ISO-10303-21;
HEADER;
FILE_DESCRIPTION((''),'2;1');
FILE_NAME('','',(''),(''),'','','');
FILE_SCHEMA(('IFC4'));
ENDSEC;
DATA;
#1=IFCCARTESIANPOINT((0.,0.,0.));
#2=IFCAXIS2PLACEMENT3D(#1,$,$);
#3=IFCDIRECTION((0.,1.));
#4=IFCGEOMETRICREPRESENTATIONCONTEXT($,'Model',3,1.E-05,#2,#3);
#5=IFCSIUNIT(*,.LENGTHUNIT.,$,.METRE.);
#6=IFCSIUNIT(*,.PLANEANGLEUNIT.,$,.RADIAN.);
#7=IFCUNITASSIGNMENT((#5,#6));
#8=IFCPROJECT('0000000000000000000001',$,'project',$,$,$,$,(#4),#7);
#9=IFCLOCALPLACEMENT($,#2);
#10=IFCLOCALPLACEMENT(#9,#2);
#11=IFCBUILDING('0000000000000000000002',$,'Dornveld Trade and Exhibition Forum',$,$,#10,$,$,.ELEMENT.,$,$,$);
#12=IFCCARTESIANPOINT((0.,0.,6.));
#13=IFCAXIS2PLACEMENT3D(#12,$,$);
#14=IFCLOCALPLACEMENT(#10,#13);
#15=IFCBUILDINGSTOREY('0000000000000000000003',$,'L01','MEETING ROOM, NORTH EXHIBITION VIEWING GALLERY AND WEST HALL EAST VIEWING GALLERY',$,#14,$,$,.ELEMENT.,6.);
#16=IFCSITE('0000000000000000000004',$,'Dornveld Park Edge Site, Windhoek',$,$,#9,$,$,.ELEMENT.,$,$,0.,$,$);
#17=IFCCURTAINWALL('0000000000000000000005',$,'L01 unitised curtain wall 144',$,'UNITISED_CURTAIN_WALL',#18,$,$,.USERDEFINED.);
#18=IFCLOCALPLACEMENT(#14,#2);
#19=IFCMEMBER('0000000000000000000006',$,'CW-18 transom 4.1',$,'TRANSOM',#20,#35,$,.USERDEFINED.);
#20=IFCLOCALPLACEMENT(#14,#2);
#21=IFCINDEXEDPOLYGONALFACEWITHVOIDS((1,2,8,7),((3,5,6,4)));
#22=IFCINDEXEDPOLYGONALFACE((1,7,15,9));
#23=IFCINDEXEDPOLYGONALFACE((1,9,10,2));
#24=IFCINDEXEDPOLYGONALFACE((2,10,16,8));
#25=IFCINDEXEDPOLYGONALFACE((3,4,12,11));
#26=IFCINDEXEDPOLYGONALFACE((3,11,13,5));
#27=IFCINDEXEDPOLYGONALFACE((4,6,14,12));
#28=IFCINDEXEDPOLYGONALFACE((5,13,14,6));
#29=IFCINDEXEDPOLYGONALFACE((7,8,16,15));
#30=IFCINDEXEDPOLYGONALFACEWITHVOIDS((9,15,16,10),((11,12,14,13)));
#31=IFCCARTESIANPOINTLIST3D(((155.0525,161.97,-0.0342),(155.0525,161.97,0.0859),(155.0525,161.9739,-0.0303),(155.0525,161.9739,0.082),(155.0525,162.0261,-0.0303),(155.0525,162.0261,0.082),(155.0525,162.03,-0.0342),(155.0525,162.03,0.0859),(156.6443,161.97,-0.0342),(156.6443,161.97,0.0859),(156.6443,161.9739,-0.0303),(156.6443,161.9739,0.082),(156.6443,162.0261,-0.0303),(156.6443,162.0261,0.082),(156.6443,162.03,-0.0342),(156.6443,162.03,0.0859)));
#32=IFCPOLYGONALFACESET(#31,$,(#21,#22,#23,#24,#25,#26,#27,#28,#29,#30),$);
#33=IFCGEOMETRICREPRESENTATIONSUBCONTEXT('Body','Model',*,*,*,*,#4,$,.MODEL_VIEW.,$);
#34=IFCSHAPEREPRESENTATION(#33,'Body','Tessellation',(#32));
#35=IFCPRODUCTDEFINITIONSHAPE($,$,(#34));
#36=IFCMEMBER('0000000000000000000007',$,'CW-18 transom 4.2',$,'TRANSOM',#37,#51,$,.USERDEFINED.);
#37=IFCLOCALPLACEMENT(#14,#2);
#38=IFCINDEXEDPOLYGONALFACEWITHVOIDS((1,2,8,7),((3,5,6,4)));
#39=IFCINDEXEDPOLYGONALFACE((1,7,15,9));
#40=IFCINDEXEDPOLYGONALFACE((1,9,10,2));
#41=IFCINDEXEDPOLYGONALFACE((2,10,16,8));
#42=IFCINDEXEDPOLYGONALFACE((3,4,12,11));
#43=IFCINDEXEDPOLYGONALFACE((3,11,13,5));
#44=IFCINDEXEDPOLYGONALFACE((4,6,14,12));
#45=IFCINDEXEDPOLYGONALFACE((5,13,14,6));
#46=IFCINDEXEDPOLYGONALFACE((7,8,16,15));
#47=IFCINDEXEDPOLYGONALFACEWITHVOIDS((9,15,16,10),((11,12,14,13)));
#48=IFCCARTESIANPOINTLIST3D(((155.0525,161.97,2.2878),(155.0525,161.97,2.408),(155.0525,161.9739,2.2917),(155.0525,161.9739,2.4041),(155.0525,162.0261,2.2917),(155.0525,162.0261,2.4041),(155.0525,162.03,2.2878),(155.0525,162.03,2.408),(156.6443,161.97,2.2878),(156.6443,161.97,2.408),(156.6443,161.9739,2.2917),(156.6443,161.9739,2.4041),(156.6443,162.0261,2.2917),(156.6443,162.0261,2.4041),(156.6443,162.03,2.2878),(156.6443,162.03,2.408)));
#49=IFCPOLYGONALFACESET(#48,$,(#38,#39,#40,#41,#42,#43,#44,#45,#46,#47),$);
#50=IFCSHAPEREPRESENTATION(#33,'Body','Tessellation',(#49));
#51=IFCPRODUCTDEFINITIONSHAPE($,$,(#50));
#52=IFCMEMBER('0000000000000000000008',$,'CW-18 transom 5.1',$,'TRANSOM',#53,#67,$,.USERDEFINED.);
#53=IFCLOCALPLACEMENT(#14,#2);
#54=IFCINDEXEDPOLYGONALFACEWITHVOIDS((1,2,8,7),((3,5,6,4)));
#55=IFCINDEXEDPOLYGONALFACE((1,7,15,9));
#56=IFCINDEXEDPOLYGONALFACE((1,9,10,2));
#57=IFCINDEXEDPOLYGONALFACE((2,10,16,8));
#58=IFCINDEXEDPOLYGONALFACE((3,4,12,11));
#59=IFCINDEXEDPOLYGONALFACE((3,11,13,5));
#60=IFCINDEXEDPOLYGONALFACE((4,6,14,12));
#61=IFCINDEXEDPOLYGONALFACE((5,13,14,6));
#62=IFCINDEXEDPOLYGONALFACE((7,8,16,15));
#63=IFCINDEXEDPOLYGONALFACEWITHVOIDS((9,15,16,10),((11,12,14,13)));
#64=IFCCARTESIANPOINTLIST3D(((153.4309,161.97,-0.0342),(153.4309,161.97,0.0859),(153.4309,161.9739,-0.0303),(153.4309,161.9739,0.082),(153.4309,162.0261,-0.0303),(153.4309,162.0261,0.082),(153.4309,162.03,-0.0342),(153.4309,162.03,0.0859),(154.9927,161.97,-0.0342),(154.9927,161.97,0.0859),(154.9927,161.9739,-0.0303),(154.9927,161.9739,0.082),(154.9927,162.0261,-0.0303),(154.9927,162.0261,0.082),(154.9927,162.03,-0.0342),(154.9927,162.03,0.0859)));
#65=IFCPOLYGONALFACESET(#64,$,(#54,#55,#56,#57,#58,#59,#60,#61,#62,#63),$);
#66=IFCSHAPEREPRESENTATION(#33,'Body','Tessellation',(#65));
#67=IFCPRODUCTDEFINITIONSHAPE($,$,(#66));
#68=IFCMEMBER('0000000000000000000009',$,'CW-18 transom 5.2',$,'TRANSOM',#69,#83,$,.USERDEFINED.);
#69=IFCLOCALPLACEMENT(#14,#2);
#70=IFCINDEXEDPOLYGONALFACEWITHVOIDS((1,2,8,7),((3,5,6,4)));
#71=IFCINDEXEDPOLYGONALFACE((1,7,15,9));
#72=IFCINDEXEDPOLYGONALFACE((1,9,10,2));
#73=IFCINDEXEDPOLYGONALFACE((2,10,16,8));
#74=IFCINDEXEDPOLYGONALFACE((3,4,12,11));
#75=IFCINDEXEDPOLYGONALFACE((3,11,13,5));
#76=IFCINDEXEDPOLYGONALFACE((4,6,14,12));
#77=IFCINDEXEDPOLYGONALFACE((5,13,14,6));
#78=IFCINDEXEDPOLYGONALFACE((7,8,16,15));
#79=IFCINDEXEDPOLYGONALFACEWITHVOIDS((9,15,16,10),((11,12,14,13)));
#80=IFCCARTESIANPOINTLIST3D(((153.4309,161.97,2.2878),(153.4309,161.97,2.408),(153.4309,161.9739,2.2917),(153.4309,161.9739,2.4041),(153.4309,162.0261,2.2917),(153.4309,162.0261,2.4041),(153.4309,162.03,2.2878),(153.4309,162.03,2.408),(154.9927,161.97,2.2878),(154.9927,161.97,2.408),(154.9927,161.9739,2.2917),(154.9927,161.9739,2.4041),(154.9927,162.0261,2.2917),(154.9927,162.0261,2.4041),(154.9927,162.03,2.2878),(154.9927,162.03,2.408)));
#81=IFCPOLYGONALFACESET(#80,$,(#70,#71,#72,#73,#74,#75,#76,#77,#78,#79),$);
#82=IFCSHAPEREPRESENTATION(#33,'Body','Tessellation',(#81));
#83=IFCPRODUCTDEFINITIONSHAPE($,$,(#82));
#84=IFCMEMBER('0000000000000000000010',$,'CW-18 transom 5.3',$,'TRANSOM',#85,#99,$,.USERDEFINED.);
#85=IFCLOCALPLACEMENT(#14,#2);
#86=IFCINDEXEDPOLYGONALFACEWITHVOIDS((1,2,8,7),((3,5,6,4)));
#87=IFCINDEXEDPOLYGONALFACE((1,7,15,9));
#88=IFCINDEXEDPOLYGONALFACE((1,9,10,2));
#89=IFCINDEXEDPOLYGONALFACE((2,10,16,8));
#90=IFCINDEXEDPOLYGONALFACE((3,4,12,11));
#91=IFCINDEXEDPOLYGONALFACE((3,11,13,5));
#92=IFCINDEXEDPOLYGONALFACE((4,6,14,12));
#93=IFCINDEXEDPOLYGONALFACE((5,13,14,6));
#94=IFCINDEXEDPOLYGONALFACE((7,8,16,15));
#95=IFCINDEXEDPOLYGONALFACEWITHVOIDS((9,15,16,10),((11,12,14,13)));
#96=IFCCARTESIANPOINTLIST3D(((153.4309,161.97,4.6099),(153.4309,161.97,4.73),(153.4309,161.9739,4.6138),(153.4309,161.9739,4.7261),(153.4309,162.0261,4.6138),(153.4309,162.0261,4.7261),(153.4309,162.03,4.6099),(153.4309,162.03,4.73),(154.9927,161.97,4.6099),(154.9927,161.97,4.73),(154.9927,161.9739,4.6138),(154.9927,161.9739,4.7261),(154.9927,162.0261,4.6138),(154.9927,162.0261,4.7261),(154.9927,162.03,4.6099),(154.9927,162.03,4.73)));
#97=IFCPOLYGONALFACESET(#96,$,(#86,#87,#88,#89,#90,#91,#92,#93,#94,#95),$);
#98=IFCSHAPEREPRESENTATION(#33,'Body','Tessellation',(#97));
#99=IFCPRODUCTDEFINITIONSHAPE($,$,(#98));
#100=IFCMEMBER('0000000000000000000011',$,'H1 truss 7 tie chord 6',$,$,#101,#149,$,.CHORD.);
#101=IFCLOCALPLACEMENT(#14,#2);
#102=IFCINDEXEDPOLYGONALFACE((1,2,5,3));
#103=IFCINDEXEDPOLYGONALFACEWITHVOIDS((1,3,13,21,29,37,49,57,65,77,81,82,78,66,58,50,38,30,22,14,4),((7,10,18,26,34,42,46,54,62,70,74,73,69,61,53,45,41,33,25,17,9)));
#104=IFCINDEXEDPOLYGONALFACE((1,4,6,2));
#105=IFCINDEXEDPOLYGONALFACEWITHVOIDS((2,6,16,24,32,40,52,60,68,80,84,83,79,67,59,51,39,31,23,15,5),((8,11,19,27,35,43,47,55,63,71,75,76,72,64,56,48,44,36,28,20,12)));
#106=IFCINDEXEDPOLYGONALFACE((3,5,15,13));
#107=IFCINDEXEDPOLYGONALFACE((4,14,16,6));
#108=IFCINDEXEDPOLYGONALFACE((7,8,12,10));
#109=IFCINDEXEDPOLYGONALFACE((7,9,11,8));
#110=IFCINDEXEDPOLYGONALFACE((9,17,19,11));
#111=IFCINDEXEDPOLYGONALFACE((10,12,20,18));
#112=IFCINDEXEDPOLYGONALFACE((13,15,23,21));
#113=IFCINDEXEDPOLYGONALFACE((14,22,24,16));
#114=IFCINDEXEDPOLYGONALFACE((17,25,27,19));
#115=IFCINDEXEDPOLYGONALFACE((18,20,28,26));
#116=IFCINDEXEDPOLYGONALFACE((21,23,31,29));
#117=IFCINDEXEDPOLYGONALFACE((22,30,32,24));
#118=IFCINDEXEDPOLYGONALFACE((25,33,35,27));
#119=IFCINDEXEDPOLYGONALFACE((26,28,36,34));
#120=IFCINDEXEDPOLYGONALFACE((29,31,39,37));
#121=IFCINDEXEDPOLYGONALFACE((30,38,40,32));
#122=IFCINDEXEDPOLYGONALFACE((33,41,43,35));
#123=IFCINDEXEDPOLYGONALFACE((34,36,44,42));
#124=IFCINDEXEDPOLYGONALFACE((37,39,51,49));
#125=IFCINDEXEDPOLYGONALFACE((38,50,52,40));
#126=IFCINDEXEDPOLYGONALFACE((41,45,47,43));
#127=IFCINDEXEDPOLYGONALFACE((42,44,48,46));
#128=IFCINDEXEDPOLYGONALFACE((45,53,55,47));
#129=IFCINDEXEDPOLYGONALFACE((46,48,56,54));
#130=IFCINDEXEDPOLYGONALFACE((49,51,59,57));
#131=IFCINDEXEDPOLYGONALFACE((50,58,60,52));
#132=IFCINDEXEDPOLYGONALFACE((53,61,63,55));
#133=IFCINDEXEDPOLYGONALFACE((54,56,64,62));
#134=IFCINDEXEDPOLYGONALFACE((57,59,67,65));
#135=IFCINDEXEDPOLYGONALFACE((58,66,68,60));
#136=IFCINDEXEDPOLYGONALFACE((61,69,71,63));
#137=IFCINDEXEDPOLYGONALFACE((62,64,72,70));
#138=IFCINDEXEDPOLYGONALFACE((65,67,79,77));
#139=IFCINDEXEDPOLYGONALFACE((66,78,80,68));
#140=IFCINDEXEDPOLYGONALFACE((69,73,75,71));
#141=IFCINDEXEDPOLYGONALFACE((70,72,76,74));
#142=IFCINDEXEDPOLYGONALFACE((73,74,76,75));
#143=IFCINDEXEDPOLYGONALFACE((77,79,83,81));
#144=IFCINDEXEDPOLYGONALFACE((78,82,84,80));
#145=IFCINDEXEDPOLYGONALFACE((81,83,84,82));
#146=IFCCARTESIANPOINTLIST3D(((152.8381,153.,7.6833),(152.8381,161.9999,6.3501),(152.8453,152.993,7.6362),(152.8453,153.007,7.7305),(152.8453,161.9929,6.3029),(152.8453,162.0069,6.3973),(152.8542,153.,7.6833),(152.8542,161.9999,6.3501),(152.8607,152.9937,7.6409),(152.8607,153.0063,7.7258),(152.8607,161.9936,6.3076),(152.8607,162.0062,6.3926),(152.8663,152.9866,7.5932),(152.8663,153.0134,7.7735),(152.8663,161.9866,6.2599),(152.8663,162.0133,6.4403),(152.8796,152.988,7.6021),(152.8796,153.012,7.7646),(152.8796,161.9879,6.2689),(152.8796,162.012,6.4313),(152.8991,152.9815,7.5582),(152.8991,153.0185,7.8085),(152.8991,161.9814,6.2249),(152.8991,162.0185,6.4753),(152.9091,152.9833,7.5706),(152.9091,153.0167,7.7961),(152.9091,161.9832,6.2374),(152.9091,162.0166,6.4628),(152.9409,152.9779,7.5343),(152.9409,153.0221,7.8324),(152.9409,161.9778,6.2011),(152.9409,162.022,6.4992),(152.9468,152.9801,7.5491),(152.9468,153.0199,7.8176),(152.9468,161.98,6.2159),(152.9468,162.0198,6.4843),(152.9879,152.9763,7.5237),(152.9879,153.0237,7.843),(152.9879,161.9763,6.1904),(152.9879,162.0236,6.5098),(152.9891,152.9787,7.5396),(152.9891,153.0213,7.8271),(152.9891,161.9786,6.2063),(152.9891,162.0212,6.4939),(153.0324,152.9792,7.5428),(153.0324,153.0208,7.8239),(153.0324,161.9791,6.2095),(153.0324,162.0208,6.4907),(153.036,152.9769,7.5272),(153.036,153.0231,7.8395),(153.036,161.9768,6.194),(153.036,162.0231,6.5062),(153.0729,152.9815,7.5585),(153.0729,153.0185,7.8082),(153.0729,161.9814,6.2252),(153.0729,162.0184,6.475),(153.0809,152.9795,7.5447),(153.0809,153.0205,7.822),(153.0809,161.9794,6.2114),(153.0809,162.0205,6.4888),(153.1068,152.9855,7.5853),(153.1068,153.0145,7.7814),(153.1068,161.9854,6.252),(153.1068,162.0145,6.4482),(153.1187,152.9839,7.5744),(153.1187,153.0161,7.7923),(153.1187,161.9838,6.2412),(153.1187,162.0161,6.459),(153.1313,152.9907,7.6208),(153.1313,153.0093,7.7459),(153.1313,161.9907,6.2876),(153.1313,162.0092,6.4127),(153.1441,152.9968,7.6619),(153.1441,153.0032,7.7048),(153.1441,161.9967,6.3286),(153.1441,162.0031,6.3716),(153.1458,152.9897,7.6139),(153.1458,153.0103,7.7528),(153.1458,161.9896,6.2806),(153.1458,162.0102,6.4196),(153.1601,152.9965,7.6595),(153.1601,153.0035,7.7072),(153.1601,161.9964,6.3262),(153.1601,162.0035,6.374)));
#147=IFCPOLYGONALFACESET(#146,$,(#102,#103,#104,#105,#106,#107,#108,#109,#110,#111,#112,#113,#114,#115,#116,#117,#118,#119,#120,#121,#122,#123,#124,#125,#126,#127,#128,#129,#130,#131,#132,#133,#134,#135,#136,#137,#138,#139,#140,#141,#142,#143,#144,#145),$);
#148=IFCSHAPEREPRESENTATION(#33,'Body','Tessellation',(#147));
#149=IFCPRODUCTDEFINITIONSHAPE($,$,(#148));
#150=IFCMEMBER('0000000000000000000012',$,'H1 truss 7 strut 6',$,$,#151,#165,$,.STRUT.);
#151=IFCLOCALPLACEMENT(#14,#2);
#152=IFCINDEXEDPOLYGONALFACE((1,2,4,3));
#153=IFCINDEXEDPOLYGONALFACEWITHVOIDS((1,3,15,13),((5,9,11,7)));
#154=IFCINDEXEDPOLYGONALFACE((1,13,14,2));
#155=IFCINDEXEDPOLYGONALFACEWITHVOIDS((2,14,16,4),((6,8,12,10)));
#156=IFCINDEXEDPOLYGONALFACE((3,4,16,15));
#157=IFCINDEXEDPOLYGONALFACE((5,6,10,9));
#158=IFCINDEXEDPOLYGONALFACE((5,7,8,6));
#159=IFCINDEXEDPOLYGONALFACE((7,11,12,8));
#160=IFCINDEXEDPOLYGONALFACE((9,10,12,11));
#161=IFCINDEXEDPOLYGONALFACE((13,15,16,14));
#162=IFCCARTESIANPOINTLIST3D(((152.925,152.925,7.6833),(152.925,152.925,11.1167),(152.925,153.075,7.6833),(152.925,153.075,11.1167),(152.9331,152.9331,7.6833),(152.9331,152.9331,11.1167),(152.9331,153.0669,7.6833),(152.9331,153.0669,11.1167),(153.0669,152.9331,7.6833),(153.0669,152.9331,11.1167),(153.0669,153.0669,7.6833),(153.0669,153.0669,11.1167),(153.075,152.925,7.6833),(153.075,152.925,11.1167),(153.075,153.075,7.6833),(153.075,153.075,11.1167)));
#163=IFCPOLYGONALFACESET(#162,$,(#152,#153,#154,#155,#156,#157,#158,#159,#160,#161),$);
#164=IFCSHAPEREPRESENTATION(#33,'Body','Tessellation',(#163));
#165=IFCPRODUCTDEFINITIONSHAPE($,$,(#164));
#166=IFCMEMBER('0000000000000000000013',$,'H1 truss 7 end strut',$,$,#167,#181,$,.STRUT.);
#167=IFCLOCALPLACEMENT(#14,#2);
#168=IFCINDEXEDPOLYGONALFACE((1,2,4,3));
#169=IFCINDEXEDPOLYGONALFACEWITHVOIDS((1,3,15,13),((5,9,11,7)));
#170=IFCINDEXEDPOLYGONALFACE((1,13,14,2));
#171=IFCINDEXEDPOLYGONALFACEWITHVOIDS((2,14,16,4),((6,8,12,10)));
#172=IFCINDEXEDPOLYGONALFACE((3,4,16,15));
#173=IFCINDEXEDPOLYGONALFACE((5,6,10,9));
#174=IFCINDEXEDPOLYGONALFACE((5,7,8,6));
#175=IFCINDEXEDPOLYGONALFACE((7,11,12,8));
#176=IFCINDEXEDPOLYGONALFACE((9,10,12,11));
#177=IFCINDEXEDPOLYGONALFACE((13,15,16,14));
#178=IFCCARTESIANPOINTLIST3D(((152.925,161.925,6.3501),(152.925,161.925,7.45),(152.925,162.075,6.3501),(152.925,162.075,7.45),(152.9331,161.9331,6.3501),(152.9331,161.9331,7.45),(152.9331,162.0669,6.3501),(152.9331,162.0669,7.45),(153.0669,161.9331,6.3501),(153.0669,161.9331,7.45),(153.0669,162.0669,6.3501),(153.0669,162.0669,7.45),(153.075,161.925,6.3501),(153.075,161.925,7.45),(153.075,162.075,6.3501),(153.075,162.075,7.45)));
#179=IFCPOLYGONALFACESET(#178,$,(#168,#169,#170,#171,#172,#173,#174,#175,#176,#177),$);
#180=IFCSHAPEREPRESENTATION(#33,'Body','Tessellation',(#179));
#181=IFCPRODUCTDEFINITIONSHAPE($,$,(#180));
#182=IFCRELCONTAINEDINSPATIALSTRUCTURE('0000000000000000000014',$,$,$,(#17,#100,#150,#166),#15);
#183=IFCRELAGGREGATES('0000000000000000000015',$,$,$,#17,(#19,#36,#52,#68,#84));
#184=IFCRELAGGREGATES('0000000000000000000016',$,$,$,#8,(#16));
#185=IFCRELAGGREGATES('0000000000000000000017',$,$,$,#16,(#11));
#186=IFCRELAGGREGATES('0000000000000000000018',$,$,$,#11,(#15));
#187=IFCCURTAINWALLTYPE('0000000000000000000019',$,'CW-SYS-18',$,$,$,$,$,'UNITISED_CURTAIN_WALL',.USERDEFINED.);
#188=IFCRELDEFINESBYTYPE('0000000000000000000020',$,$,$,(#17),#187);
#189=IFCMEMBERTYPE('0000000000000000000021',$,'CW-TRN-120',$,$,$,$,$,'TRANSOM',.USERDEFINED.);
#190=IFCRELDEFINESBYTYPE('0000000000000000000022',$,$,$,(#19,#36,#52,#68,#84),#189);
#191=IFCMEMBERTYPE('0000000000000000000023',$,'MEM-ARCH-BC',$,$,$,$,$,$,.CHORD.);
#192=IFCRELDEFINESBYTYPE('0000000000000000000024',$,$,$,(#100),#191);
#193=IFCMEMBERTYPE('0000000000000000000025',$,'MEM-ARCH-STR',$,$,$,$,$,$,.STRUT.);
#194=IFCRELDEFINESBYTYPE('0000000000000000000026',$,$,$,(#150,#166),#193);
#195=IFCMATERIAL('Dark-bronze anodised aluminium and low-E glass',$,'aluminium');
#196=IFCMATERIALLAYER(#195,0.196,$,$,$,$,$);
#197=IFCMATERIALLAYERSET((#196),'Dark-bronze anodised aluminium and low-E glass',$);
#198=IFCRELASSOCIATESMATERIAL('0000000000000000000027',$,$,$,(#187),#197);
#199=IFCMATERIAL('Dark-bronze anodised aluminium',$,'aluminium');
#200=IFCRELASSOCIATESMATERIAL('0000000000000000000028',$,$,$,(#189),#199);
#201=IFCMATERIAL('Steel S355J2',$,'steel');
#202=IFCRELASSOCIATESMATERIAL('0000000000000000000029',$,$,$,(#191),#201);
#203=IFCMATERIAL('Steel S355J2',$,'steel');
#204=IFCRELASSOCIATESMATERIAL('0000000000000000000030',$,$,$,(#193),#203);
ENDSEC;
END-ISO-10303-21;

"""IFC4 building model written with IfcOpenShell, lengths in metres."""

from ifc_helpers import new_model, si_unit, direction, frame, origin, origin_2d, place, context, subcontext, project, spatial, hollow_rectangle, hollow_circle, extrude, material, layer, layer_set, material_profile, profile_set, type_object, element, aggregate, save


model = new_model("IFC4")

# Units and contexts
model_context = context("Model", 3, precision=1e-05, world=origin(), true_north=direction((0.0, 1.0)))
body_context = subcontext(model_context, "Body", "Model", "MODEL_VIEW")
ifc_project = project(units=[si_unit("LENGTHUNIT", "METRE"), si_unit("PLANEANGLEUNIT", "RADIAN")], contexts=[model_context])

# Site, building, storey
site_placement = place(None, origin())
site = spatial("IfcSite", under=ifc_project, at=site_placement, Name="Dornveld Park Edge Site, Windhoek", CompositionType="ELEMENT", RefElevation=0.0)
building_placement = place(site_placement, origin())
building = spatial("IfcBuilding", under=site, at=building_placement, Name="Dornveld Trade and Exhibition Forum", CompositionType="ELEMENT")
storey_placement = place(building_placement, frame((0.0, 0.0, 6.0)))
storey = spatial("IfcBuildingStorey", under=building, at=storey_placement, Name="L01", Description="MEETING ROOM, NORTH EXHIBITION VIEWING GALLERY AND WEST HALL EAST VIEWING GALLERY", CompositionType="ELEMENT", Elevation=6.0)

# Curtain wall
ifc_material_1 = material(Name="Dark-bronze anodised aluminium and low-E glass", Category="aluminium")
ifc_layer_1 = layer(ifc_material_1, 0.196)
ifc_layer_set_1 = layer_set([ifc_layer_1], Name="Dark-bronze anodised aluminium and low-E glass")
curtain_wall_type_1 = type_object("IfcCurtainWallType", Name="CW-SYS-18", ElementType="UNITISED_CURTAIN_WALL", PredefinedType="USERDEFINED", material=ifc_layer_set_1)
curtain_wall_1_placement = place(storey_placement, origin())
curtain_wall_1 = element("IfcCurtainWall", 1, at=curtain_wall_1_placement, inside=storey, type_object=curtain_wall_type_1, Name="L01 unitised curtain wall 144", ObjectType="UNITISED_CURTAIN_WALL", PredefinedType="USERDEFINED")

# Members
ifc_material_2 = material(Name="Dark-bronze anodised aluminium", Category="aluminium")
ifc_material_profile_1 = material_profile(ifc_material_2, hollow_rectangle(XDim=0.0601, YDim=0.1201, WallThickness=0.0039, at=origin_2d()), Name="RHS 120x60x4")
ifc_profile_set_1 = profile_set([ifc_material_profile_1], Name="Dark-bronze anodised aluminium")
member_type_1 = type_object("IfcMemberType", Name="CW-TRN-120", ElementType="TRANSOM", PredefinedType="USERDEFINED", material=ifc_profile_set_1)
member_1_placement = place(storey_placement, frame((156.6443, 162.0, 0.0259), z_axis=(-1.0, 0.0, 0.0), x_axis=(0.0, -1.0, 0.0)))
member_1 = element("IfcMember", 2, at=member_1_placement, type_object=member_type_1, Name="CW-18 transom 4.1", ObjectType="TRANSOM", PredefinedType="USERDEFINED", context=body_context, shape_type="SweptSolid", body=[
    extrude(hollow_rectangle(XDim=0.0601, YDim=0.1201, WallThickness=0.0039, at=origin_2d()), origin(), (0.0, 0.0, 1.0), 1.5918),
])
member_2_placement = place(storey_placement, frame((156.6443, 162.0, 2.3479), z_axis=(-1.0, 0.0, 0.0), x_axis=(0.0, -1.0, 0.0)))
member_2 = element("IfcMember", 3, at=member_2_placement, type_object=member_type_1, Name="CW-18 transom 4.2", ObjectType="TRANSOM", PredefinedType="USERDEFINED", context=body_context, shape_type="SweptSolid", body=[
    extrude(hollow_rectangle(XDim=0.0601, YDim=0.1201, WallThickness=0.0039, at=origin_2d()), origin(), (0.0, 0.0, 1.0), 1.5918),
])
member_3_placement = place(storey_placement, frame((154.9927, 162.0, 0.0259), z_axis=(-1.0, 0.0, 0.0), x_axis=(0.0, -1.0, 0.0)))
member_3 = element("IfcMember", 4, at=member_3_placement, type_object=member_type_1, Name="CW-18 transom 5.1", ObjectType="TRANSOM", PredefinedType="USERDEFINED", context=body_context, shape_type="SweptSolid", body=[
    extrude(hollow_rectangle(XDim=0.0601, YDim=0.1201, WallThickness=0.0039, at=origin_2d()), origin(), (0.0, 0.0, 1.0), 1.5618),
])
member_4_placement = place(storey_placement, frame((154.9927, 162.0, 2.3479), z_axis=(-1.0, 0.0, 0.0), x_axis=(0.0, -1.0, 0.0)))
member_4 = element("IfcMember", 5, at=member_4_placement, type_object=member_type_1, Name="CW-18 transom 5.2", ObjectType="TRANSOM", PredefinedType="USERDEFINED", context=body_context, shape_type="SweptSolid", body=[
    extrude(hollow_rectangle(XDim=0.0601, YDim=0.1201, WallThickness=0.0039, at=origin_2d()), origin(), (0.0, 0.0, 1.0), 1.5618),
])
member_5_placement = place(storey_placement, frame((154.9927, 162.0, 4.6699), z_axis=(-1.0, 0.0, 0.0), x_axis=(0.0, -1.0, 0.0)))
member_5 = element("IfcMember", 6, at=member_5_placement, type_object=member_type_1, Name="CW-18 transom 5.3", ObjectType="TRANSOM", PredefinedType="USERDEFINED", context=body_context, shape_type="SweptSolid", body=[
    extrude(hollow_rectangle(XDim=0.0601, YDim=0.1201, WallThickness=0.0039, at=origin_2d()), origin(), (0.0, 0.0, 1.0), 1.5618),
])

# Members
ifc_material_3 = material(Name="Steel S355J2", Category="steel")
ifc_material_profile_2 = material_profile(ifc_material_3, hollow_circle(Radius=0.1619, WallThickness=0.0161, at=origin_2d()), Name="CHS 323.9x16")
ifc_profile_set_2 = profile_set([ifc_material_profile_2], Name="Steel S355J2")
member_type_2 = type_object("IfcMemberType", Name="MEM-ARCH-BC", PredefinedType="CHORD", material=ifc_profile_set_2)
member_6_placement = place(storey_placement, frame((153.0, 153.0, 7.6833), z_axis=(0.0, 0.989205, -0.14654), x_axis=(-1.0, 0.0, 0.0)))
element("IfcMember", 7, at=member_6_placement, inside=storey, type_object=member_type_2, Name="H1 truss 7 tie chord 6", PredefinedType="CHORD", context=body_context, shape_type="SweptSolid", body=[
    extrude(hollow_circle(Radius=0.1619, WallThickness=0.0161, at=origin_2d()), origin(), (0.0, 0.0, 1.0), 9.0981),
])
ifc_material_4 = material(Name="Steel S355J2", Category="steel")
ifc_material_profile_3 = material_profile(ifc_material_4, hollow_rectangle(XDim=0.1499, YDim=0.1499, WallThickness=0.0081, at=origin_2d()), Name="SHS 150x150x8")
ifc_profile_set_3 = profile_set([ifc_material_profile_3], Name="Steel S355J2")
member_type_3 = type_object("IfcMemberType", Name="MEM-ARCH-STR", PredefinedType="STRUT", material=ifc_profile_set_3)
member_7_placement = place(storey_placement, frame((153.0, 153.0, 7.6833), z_axis=(0.0, 0.0, 1.0), x_axis=(1.0, 0.0, 0.0)))
element("IfcMember", 8, at=member_7_placement, inside=storey, type_object=member_type_3, Name="H1 truss 7 strut 6", PredefinedType="STRUT", context=body_context, shape_type="SweptSolid", body=[
    extrude(hollow_rectangle(XDim=0.1499, YDim=0.1499, WallThickness=0.0081, at=origin_2d()), origin(), (0.0, 0.0, 1.0), 3.4333),
])
member_8_placement = place(storey_placement, frame((153.0, 162.0, 6.3501), z_axis=(0.0, 0.0, 1.0), x_axis=(1.0, 0.0, 0.0)))
element("IfcMember", 9, at=member_8_placement, inside=storey, type_object=member_type_3, Name="H1 truss 7 end strut", PredefinedType="STRUT", context=body_context, shape_type="SweptSolid", body=[
    extrude(hollow_rectangle(XDim=0.1499, YDim=0.1499, WallThickness=0.0081, at=origin_2d()), origin(), (0.0, 0.0, 1.0), 1.0999),
])

aggregate(curtain_wall_1, [member_1, member_2, member_3, member_4, member_5])

save(model, "model.ifc")
